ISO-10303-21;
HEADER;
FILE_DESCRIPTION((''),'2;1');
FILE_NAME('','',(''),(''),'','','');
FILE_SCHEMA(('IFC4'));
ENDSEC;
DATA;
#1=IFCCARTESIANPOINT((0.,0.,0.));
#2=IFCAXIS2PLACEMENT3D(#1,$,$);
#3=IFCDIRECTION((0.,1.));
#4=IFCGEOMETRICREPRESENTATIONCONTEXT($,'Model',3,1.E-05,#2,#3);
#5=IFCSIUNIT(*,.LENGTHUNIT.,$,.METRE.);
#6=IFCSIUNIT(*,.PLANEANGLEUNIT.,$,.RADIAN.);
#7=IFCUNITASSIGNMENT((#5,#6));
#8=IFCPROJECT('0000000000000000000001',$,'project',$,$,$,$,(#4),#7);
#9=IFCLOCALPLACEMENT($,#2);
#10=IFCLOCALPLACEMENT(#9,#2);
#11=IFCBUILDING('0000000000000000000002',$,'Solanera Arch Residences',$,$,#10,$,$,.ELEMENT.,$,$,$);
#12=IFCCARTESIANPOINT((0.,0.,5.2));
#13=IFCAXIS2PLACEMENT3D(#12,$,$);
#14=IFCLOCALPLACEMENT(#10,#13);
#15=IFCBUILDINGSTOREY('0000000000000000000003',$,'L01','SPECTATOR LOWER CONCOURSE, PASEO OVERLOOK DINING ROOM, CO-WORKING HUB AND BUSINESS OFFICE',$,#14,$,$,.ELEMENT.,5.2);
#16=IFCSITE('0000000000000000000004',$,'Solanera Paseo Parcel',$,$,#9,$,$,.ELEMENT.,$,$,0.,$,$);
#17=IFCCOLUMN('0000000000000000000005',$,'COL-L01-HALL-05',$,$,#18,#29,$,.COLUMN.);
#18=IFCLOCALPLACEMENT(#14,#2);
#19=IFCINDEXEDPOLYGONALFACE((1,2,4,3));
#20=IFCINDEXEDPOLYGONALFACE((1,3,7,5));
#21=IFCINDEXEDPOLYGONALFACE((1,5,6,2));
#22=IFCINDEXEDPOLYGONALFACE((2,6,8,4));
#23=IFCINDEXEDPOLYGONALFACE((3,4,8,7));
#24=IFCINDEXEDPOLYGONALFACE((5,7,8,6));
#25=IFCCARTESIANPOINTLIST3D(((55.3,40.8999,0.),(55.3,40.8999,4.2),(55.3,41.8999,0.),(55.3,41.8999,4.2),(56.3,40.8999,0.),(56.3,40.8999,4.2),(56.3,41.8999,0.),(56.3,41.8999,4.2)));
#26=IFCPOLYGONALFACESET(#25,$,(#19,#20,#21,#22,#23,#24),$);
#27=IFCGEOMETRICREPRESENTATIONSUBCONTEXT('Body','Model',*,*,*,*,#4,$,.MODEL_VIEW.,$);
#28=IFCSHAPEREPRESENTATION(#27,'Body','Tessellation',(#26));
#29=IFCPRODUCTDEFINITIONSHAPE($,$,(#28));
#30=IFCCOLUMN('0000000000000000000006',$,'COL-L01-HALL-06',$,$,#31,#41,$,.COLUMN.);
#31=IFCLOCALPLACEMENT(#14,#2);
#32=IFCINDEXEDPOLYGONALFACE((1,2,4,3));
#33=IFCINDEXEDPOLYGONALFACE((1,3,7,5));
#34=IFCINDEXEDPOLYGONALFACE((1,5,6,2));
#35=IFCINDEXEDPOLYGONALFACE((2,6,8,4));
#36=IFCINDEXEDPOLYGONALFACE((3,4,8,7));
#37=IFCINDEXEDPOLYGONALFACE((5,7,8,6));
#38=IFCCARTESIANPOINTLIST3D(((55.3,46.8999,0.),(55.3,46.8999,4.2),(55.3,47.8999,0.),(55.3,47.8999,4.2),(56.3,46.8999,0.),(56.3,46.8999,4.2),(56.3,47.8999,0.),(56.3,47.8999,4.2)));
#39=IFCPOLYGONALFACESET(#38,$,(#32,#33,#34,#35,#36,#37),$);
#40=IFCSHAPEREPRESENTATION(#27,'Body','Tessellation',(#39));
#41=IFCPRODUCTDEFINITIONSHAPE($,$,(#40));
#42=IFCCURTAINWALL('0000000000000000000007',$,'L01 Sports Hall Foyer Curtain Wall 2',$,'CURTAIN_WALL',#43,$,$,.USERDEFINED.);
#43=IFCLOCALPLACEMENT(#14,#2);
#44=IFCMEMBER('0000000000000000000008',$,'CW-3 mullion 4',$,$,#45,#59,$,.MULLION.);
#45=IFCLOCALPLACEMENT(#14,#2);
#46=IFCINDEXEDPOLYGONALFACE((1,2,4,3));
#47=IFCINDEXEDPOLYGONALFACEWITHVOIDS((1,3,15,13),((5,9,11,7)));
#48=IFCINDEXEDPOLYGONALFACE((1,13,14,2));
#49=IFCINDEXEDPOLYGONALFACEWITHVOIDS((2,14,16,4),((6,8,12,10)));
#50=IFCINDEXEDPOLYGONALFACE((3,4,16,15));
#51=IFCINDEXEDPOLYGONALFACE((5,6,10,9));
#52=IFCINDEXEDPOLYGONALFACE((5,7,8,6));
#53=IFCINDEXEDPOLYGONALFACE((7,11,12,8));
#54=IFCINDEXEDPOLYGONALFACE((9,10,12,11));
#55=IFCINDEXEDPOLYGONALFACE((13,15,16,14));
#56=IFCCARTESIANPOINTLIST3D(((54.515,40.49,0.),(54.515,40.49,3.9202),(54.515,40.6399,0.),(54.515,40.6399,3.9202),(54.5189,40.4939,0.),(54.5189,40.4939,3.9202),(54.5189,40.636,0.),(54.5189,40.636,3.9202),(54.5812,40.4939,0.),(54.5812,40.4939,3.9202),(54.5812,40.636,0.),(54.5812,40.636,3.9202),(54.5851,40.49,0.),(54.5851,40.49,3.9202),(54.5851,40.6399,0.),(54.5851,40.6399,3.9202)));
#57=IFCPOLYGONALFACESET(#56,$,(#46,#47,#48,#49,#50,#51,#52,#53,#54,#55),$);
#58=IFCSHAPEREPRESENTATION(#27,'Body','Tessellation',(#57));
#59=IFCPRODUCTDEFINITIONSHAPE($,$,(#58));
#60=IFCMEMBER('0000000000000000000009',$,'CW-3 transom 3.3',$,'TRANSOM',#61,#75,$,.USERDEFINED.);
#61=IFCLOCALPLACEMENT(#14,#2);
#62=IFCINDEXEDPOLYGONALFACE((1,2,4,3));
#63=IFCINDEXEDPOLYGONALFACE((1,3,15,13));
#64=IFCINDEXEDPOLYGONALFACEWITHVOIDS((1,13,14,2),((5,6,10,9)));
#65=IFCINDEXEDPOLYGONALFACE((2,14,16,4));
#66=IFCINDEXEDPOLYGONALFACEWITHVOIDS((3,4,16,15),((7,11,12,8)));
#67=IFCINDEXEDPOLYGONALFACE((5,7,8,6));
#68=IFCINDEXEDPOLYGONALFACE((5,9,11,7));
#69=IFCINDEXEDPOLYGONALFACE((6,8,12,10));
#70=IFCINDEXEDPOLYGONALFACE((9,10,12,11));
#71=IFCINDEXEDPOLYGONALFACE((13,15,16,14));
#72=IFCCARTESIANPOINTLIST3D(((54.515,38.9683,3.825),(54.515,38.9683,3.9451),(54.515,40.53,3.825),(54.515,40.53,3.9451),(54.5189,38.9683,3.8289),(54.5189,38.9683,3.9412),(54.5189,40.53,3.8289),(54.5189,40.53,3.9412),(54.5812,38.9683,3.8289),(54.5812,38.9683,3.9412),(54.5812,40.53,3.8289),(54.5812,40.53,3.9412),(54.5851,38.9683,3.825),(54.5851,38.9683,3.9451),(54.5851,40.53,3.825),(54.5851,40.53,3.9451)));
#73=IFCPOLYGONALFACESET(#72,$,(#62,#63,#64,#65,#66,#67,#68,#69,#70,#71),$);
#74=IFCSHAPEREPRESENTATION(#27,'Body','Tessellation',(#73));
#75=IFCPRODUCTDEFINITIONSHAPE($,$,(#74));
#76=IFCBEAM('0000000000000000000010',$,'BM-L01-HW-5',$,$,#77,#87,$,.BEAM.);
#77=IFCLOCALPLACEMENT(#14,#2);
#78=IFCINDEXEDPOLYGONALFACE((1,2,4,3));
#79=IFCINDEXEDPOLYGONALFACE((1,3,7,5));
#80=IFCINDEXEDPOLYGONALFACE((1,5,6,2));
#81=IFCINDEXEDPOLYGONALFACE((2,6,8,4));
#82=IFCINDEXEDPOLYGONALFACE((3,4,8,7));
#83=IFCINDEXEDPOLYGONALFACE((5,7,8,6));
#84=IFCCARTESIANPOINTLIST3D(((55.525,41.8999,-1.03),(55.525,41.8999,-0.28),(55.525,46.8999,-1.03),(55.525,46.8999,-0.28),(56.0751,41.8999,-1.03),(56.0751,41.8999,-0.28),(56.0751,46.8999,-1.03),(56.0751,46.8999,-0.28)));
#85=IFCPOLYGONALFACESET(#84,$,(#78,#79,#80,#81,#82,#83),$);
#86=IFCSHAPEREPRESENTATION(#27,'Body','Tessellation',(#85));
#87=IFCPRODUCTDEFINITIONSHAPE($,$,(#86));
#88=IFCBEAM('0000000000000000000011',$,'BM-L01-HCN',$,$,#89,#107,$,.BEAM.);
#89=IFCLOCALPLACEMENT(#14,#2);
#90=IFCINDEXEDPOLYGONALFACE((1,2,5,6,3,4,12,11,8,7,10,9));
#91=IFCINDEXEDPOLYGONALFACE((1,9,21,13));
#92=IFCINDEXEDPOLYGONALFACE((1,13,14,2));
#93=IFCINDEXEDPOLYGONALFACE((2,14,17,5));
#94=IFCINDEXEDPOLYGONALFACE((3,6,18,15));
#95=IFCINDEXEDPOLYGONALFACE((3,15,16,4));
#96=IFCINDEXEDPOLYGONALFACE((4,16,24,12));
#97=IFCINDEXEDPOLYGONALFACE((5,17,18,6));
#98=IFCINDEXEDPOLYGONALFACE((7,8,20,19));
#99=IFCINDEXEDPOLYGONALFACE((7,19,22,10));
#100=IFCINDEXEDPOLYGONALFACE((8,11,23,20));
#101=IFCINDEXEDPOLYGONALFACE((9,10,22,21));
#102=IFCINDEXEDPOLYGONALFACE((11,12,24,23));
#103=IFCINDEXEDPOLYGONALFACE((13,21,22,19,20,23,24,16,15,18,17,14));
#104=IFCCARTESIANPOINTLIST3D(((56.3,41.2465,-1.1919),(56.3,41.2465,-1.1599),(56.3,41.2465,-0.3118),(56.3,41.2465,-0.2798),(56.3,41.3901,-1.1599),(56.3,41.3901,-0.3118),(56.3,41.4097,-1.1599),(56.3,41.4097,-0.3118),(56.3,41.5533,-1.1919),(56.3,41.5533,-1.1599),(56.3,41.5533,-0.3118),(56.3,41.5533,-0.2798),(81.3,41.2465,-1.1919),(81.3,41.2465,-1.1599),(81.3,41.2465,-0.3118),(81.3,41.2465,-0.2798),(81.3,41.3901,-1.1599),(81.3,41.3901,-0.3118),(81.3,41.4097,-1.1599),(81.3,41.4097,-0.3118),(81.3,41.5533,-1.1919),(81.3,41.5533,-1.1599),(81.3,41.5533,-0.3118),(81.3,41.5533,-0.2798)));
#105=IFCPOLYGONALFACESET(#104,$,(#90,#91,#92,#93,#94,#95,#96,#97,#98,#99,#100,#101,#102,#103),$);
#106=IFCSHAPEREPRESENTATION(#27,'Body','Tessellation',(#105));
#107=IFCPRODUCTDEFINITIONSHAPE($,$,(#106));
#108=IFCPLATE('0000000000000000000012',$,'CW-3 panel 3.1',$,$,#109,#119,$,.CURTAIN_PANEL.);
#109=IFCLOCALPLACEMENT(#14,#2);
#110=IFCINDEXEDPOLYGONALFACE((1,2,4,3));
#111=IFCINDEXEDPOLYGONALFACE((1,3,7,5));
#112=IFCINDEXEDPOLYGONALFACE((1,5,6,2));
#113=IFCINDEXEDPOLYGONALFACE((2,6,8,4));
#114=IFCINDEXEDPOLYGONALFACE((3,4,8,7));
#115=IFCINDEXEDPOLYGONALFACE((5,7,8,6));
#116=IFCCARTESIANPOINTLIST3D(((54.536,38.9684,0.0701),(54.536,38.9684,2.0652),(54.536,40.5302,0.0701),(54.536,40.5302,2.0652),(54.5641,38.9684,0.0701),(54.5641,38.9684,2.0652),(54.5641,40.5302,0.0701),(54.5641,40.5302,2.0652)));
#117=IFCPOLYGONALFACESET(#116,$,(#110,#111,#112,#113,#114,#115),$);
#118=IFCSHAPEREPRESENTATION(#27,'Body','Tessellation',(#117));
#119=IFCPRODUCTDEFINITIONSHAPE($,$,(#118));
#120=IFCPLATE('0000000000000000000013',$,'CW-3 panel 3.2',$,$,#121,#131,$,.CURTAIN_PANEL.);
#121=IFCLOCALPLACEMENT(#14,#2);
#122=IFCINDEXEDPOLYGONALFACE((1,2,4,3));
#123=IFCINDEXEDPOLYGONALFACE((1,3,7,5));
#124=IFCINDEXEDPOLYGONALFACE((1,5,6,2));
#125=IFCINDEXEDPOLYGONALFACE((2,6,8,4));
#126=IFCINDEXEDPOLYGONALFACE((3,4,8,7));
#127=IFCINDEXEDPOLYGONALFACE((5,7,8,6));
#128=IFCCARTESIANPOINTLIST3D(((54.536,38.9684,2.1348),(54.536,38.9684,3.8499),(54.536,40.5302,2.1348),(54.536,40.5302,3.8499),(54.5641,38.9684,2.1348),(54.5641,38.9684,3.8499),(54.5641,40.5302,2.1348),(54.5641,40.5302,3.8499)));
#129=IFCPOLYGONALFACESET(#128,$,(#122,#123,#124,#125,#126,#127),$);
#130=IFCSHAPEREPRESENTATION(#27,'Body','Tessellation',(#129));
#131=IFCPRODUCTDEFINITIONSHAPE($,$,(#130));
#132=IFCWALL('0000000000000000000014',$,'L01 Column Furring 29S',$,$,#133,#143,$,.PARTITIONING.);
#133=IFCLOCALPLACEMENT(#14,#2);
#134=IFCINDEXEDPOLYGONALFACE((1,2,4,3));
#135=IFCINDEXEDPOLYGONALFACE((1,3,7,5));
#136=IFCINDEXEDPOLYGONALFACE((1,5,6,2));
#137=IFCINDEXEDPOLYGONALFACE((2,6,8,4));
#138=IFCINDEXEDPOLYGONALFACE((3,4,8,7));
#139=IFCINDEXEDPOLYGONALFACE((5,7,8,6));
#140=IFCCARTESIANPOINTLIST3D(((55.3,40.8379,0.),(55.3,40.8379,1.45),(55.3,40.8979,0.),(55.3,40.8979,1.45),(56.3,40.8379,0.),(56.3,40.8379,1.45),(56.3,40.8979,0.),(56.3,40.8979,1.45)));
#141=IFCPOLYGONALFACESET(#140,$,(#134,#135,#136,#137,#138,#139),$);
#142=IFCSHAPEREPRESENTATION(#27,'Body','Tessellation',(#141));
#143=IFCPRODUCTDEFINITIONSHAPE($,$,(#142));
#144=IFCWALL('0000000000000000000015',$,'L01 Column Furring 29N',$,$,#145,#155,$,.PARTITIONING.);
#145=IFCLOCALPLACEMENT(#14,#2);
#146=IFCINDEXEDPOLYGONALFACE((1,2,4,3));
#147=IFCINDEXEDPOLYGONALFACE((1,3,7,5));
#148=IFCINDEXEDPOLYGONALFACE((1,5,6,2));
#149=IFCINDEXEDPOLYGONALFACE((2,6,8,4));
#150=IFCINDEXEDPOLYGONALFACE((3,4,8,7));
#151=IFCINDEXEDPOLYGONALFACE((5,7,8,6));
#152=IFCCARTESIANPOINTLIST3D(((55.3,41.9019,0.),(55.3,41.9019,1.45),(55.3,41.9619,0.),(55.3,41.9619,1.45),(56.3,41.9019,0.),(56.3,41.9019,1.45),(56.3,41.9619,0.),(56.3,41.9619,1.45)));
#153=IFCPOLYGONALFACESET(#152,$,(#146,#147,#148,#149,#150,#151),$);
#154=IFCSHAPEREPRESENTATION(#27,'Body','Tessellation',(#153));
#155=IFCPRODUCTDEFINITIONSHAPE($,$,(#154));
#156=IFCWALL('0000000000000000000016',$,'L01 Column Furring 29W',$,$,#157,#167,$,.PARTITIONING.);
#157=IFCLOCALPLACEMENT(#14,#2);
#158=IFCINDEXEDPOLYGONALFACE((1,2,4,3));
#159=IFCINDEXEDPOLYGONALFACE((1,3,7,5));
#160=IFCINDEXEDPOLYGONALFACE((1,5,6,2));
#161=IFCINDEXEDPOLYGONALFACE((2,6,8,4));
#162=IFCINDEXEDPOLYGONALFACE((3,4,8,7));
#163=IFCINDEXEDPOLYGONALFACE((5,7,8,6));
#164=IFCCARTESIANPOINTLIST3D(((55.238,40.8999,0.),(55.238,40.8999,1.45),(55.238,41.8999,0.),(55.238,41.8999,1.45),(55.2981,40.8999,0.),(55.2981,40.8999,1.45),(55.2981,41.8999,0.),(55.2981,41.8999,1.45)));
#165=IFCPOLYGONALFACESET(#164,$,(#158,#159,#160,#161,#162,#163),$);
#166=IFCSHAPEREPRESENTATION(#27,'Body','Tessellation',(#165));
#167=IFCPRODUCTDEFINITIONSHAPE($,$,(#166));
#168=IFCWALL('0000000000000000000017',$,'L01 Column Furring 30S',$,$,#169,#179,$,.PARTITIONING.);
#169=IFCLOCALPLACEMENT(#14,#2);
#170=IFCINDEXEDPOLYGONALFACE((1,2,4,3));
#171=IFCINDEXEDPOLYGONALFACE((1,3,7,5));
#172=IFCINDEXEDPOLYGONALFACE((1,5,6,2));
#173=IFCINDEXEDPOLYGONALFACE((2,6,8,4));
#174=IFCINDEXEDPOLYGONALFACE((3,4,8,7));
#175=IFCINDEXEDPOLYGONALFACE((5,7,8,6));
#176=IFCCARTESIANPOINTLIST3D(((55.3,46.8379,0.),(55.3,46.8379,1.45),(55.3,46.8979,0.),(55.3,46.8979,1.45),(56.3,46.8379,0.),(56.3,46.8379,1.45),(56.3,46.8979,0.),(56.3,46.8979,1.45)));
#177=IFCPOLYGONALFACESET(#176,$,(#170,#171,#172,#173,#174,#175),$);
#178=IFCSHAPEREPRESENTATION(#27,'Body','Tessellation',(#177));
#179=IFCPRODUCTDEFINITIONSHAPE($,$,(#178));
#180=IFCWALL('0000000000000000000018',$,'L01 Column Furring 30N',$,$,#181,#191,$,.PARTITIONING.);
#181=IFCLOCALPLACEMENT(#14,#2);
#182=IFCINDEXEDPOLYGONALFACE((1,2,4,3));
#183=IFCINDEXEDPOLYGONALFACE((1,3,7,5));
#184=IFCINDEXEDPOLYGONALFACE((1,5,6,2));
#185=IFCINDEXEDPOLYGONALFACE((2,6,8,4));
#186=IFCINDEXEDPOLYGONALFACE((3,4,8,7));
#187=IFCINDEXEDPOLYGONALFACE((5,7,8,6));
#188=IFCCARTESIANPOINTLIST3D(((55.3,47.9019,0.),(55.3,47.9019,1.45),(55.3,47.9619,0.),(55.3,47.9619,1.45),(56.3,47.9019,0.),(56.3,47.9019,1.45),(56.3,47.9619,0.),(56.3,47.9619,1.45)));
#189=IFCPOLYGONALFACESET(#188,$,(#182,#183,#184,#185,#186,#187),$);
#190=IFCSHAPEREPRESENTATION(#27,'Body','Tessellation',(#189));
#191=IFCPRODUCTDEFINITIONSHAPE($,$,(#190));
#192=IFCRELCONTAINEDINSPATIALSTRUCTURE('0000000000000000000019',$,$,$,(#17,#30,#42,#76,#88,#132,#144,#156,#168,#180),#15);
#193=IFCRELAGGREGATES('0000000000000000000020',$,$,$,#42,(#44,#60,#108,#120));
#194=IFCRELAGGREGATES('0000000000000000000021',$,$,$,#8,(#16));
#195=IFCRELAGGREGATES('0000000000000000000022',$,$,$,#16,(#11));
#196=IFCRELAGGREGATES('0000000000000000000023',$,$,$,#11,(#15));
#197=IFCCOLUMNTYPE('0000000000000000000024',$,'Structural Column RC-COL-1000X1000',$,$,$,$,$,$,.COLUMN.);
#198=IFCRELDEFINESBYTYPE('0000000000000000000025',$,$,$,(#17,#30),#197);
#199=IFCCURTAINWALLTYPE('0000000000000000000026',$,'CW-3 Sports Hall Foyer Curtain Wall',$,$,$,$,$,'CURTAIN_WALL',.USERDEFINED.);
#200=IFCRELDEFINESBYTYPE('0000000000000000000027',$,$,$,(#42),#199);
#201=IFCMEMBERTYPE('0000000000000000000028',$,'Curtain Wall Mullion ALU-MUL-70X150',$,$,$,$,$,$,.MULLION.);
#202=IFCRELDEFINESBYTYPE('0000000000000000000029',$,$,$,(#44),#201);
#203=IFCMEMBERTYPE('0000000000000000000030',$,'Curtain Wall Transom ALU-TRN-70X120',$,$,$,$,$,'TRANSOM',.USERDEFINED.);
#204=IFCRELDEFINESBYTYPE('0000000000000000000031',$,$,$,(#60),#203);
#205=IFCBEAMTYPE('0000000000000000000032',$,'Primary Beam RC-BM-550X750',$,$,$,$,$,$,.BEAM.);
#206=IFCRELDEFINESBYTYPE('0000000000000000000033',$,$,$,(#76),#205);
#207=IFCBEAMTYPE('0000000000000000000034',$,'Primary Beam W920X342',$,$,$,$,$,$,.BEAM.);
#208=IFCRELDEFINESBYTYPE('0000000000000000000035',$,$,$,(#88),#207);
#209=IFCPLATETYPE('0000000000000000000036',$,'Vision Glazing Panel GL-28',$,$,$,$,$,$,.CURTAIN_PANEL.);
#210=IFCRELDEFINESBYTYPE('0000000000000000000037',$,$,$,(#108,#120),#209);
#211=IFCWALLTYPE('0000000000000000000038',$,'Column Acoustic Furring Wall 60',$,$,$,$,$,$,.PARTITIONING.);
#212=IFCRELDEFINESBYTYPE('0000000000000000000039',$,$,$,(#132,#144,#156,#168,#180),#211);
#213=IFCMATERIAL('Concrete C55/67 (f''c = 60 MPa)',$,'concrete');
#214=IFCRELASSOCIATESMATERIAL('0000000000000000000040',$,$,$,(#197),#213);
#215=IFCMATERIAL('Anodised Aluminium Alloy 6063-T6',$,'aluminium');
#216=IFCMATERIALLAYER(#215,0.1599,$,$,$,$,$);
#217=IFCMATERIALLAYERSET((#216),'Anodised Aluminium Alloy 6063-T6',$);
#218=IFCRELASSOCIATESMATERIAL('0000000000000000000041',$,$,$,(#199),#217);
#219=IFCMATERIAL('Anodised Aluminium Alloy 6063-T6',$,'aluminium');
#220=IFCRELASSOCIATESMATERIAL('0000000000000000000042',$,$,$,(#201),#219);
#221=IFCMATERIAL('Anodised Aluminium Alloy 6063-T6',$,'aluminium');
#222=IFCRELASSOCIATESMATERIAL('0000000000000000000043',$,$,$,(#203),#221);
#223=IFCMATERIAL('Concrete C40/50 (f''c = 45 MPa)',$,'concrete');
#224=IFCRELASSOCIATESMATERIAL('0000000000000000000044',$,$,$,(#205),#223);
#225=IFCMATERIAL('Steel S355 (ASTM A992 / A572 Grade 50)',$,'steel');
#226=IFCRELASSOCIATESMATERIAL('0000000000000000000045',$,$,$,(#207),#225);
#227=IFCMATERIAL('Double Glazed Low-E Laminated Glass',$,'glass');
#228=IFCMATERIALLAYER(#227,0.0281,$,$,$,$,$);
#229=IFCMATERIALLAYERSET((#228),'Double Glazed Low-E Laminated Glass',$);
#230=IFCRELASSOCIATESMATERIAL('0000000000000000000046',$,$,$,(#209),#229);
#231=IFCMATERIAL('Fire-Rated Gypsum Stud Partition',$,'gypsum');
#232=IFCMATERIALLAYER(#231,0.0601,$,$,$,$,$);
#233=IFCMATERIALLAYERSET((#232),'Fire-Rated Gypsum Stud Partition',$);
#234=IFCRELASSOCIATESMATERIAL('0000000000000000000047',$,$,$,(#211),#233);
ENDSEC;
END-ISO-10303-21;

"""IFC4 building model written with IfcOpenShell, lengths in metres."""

from ifc_helpers import new_model, si_unit, direction, frame, frame_2d, origin, origin_2d, place, context, subcontext, project, spatial, rectangle, hollow_rectangle, i_section, extrude, material, layer, layer_set, material_profile, profile_set, type_object, element, aggregate, save


model = new_model("IFC4")

# Units and contexts
model_context = context("Model", 3, precision=1e-05, world=origin(), true_north=direction((0.0, 1.0)))
body_context = subcontext(model_context, "Body", "Model", "MODEL_VIEW")
ifc_project = project(units=[si_unit("LENGTHUNIT", "METRE"), si_unit("PLANEANGLEUNIT", "RADIAN")], contexts=[model_context])

# Site, building, storey
site_placement = place(None, origin())
site = spatial("IfcSite", under=ifc_project, at=site_placement, Name="Solanera Paseo Parcel", CompositionType="ELEMENT", RefElevation=0.0)
building_placement = place(site_placement, origin())
building = spatial("IfcBuilding", under=site, at=building_placement, Name="Solanera Arch Residences", CompositionType="ELEMENT")
storey_placement = place(building_placement, frame((0.0, 0.0, 5.2)))
storey = spatial("IfcBuildingStorey", under=building, at=storey_placement, Name="L01", Description="SPECTATOR LOWER CONCOURSE, PASEO OVERLOOK DINING ROOM, CO-WORKING HUB AND BUSINESS OFFICE", CompositionType="ELEMENT", Elevation=5.2)

# Columns
ifc_material_1 = material(Name="Concrete C55/67 (f'c = 60 MPa)", Category="concrete")
ifc_material_profile_1 = material_profile(ifc_material_1, rectangle(XDim=1.0, YDim=1.0, at=origin_2d()))
ifc_profile_set_1 = profile_set([ifc_material_profile_1], Name="Concrete C55/67 (f'c = 60 MPa)")
column_type = type_object("IfcColumnType", Name="Structural Column RC-COL-1000X1000", PredefinedType="COLUMN", material=ifc_profile_set_1)
for number, where, z_axis, x_axis, name in (
    (1, (55.8, 41.3999, 0.0), (0.0, 0.0, 1.0), (1.0, 0.0, 0.0), "COL-L01-HALL-05"),
    (2, (55.8, 47.3999, 0.0), (0.0, 0.0, 1.0), (1.0, 0.0, 0.0), "COL-L01-HALL-06"),
):
    element("IfcColumn", number, at=place(storey_placement, frame(where, z_axis=z_axis, x_axis=x_axis)), inside=storey, type_object=column_type, Name=name, PredefinedType="COLUMN", context=body_context, shape_type="SweptSolid", body=[
        extrude(rectangle(XDim=1.0, YDim=1.0, at=origin_2d()), origin(), (0.0, 0.0, 1.0), 4.2),
    ])

# Curtain wall, members
ifc_material_2 = material(Name="Anodised Aluminium Alloy 6063-T6", Category="aluminium")
ifc_layer_1 = layer(ifc_material_2, 0.1599)
ifc_layer_set_1 = layer_set([ifc_layer_1], Name="Anodised Aluminium Alloy 6063-T6")
curtain_wall_type = type_object("IfcCurtainWallType", Name="CW-3 Sports Hall Foyer Curtain Wall", ElementType="CURTAIN_WALL", PredefinedType="USERDEFINED", material=ifc_layer_set_1)
curtain_wall_placement = place(storey_placement, origin())
curtain_wall = element("IfcCurtainWall", 3, at=curtain_wall_placement, inside=storey, type_object=curtain_wall_type, Name="L01 Sports Hall Foyer Curtain Wall 2", ObjectType="CURTAIN_WALL", PredefinedType="USERDEFINED")
ifc_material_3 = material(Name="Anodised Aluminium Alloy 6063-T6", Category="aluminium")
ifc_material_profile_2 = material_profile(ifc_material_3, hollow_rectangle(XDim=0.0701, YDim=0.1499, WallThickness=0.0039, at=origin_2d()))
ifc_profile_set_2 = profile_set([ifc_material_profile_2], Name="Anodised Aluminium Alloy 6063-T6")
member_type_1 = type_object("IfcMemberType", Name="Curtain Wall Mullion ALU-MUL-70X150", PredefinedType="MULLION", material=ifc_profile_set_2)
member_1_placement = place(storey_placement, frame((54.55, 40.5649, 0.0), z_axis=(0.0, 0.0, 1.0), x_axis=(-1.0, 0.0, 0.0)))
member_1 = element("IfcMember", 4, at=member_1_placement, type_object=member_type_1, Name="CW-3 mullion 4", PredefinedType="MULLION", context=body_context, shape_type="SweptSolid", body=[
    extrude(hollow_rectangle(XDim=0.0701, YDim=0.1499, WallThickness=0.0039, at=origin_2d()), origin(), (0.0, 0.0, 1.0), 3.9202),
])
ifc_material_4 = material(Name="Anodised Aluminium Alloy 6063-T6", Category="aluminium")
ifc_material_profile_3 = material_profile(ifc_material_4, hollow_rectangle(XDim=0.0701, YDim=0.1201, WallThickness=0.0039, at=origin_2d()))
ifc_profile_set_3 = profile_set([ifc_material_profile_3], Name="Anodised Aluminium Alloy 6063-T6")
member_type_2 = type_object("IfcMemberType", Name="Curtain Wall Transom ALU-TRN-70X120", ElementType="TRANSOM", PredefinedType="USERDEFINED", material=ifc_profile_set_3)
member_2_placement = place(storey_placement, frame((54.55, 38.9683, 3.885), z_axis=(0.0, 1.0, 0.0), x_axis=(-1.0, 0.0, 0.0)))
member_2 = element("IfcMember", 5, at=member_2_placement, type_object=member_type_2, Name="CW-3 transom 3.3", ObjectType="TRANSOM", PredefinedType="USERDEFINED", context=body_context, shape_type="SweptSolid", body=[
    extrude(hollow_rectangle(XDim=0.0701, YDim=0.1201, WallThickness=0.0039, at=origin_2d()), origin(), (0.0, 0.0, 1.0), 1.5618),
])

# Beams
ifc_material_5 = material(Name="Concrete C40/50 (f'c = 45 MPa)", Category="concrete")
ifc_material_profile_4 = material_profile(ifc_material_5, rectangle(XDim=0.55, YDim=0.75, at=origin_2d()))
ifc_profile_set_4 = profile_set([ifc_material_profile_4], Name="Concrete C40/50 (f'c = 45 MPa)")
beam_type_1 = type_object("IfcBeamType", Name="Primary Beam RC-BM-550X750", PredefinedType="BEAM", material=ifc_profile_set_4)
beam_1_placement = place(storey_placement, frame((55.8, 41.8999, -0.655), z_axis=(0.0, 1.0, 0.0), x_axis=(-1.0, 0.0, 0.0)))
element("IfcBeam", 6, at=beam_1_placement, inside=storey, type_object=beam_type_1, Name="BM-L01-HW-5", PredefinedType="BEAM", context=body_context, shape_type="SweptSolid", body=[
    extrude(rectangle(XDim=0.55, YDim=0.75, at=origin_2d()), origin(), (0.0, 0.0, 1.0), 5.0),
])
ifc_material_6 = material(Name="Steel S355 (ASTM A992 / A572 Grade 50)", Category="steel")
ifc_material_profile_5 = material_profile(ifc_material_6, i_section(OverallWidth=0.3069, OverallDepth=0.9121, WebThickness=0.0195, FlangeThickness=0.032, at=origin_2d()))
ifc_profile_set_5 = profile_set([ifc_material_profile_5], Name="Steel S355 (ASTM A992 / A572 Grade 50)")
beam_type_2 = type_object("IfcBeamType", Name="Primary Beam W920X342", PredefinedType="BEAM", material=ifc_profile_set_5)
beam_2_placement = place(storey_placement, frame((56.3, 41.3999, -0.7358), z_axis=(1.0, 0.0, 0.0), x_axis=(0.0, 1.0, 0.0)))
element("IfcBeam", 7, at=beam_2_placement, inside=storey, type_object=beam_type_2, Name="BM-L01-HCN", PredefinedType="BEAM", context=body_context, shape_type="SweptSolid", body=[
    extrude(i_section(OverallWidth=0.3069, OverallDepth=0.9121, WebThickness=0.0195, FlangeThickness=0.032, at=origin_2d()), origin(), (0.0, 0.0, 1.0), 25.0),
])

# Plates
ifc_material_7 = material(Name="Double Glazed Low-E Laminated Glass", Category="glass")
ifc_layer_2 = layer(ifc_material_7, 0.0281)
ifc_layer_set_2 = layer_set([ifc_layer_2], Name="Double Glazed Low-E Laminated Glass")
plate_type = type_object("IfcPlateType", Name="Vision Glazing Panel GL-28", PredefinedType="CURTAIN_PANEL", material=ifc_layer_set_2)
plate_1_placement = place(storey_placement, frame((54.55, 39.7493, 0.0701), z_axis=(0.0, 0.0, 1.0), x_axis=(0.0, 1.0, 0.0)))
plate_1 = element("IfcPlate", 8, at=plate_1_placement, type_object=plate_type, Name="CW-3 panel 3.1", PredefinedType="CURTAIN_PANEL", context=body_context, shape_type="SweptSolid", body=[
    extrude(rectangle(XDim=1.5618, YDim=0.0281, at=origin_2d()), origin(), (0.0, 0.0, 1.0), 1.9951),
])
plate_2_placement = place(storey_placement, frame((54.55, 39.7493, 2.1348), z_axis=(0.0, 0.0, 1.0), x_axis=(0.0, 1.0, 0.0)))
plate_2 = element("IfcPlate", 9, at=plate_2_placement, type_object=plate_type, Name="CW-3 panel 3.2", PredefinedType="CURTAIN_PANEL", context=body_context, shape_type="SweptSolid", body=[
    extrude(rectangle(XDim=1.5618, YDim=0.0281, at=origin_2d()), origin(), (0.0, 0.0, 1.0), 1.7151),
])
aggregate(curtain_wall, [member_1, member_2, plate_1, plate_2])

# Walls
ifc_material_8 = material(Name="Fire-Rated Gypsum Stud Partition", Category="gypsum")
ifc_layer_3 = layer(ifc_material_8, 0.0601)
ifc_layer_set_3 = layer_set([ifc_layer_3], Name="Fire-Rated Gypsum Stud Partition")
wall_type_1 = type_object("IfcWallType", Name="Column Acoustic Furring Wall 60", PredefinedType="PARTITIONING", material=ifc_layer_set_3)
for number, where, z_axis, x_axis, name in (
    (10, (55.3, 40.8679, 0.0), (0.0, 0.0, 1.0), (1.0, 0.0, 0.0), "L01 Column Furring 29S"),
    (11, (55.3, 41.9319, 0.0), (0.0, 0.0, 1.0), (1.0, 0.0, 0.0), "L01 Column Furring 29N"),
    (12, (55.2681, 40.8999, 0.0), (0.0, 0.0, 1.0), (0.0, 1.0, 0.0), "L01 Column Furring 29W"),
    (13, (55.3, 46.8679, 0.0), (0.0, 0.0, 1.0), (1.0, 0.0, 0.0), "L01 Column Furring 30S"),
    (14, (55.3, 47.9319, 0.0), (0.0, 0.0, 1.0), (1.0, 0.0, 0.0), "L01 Column Furring 30N"),
):
    element("IfcWall", number, at=place(storey_placement, frame(where, z_axis=z_axis, x_axis=x_axis)), inside=storey, type_object=wall_type_1, Name=name, PredefinedType="PARTITIONING", context=body_context, shape_type="SweptSolid", body=[
        extrude(rectangle(XDim=1.0, YDim=0.0601, at=frame_2d((0.5, 0.0))), origin(), (0.0, 0.0, 1.0), 1.45),
    ])

save(model, "model.ifc")
